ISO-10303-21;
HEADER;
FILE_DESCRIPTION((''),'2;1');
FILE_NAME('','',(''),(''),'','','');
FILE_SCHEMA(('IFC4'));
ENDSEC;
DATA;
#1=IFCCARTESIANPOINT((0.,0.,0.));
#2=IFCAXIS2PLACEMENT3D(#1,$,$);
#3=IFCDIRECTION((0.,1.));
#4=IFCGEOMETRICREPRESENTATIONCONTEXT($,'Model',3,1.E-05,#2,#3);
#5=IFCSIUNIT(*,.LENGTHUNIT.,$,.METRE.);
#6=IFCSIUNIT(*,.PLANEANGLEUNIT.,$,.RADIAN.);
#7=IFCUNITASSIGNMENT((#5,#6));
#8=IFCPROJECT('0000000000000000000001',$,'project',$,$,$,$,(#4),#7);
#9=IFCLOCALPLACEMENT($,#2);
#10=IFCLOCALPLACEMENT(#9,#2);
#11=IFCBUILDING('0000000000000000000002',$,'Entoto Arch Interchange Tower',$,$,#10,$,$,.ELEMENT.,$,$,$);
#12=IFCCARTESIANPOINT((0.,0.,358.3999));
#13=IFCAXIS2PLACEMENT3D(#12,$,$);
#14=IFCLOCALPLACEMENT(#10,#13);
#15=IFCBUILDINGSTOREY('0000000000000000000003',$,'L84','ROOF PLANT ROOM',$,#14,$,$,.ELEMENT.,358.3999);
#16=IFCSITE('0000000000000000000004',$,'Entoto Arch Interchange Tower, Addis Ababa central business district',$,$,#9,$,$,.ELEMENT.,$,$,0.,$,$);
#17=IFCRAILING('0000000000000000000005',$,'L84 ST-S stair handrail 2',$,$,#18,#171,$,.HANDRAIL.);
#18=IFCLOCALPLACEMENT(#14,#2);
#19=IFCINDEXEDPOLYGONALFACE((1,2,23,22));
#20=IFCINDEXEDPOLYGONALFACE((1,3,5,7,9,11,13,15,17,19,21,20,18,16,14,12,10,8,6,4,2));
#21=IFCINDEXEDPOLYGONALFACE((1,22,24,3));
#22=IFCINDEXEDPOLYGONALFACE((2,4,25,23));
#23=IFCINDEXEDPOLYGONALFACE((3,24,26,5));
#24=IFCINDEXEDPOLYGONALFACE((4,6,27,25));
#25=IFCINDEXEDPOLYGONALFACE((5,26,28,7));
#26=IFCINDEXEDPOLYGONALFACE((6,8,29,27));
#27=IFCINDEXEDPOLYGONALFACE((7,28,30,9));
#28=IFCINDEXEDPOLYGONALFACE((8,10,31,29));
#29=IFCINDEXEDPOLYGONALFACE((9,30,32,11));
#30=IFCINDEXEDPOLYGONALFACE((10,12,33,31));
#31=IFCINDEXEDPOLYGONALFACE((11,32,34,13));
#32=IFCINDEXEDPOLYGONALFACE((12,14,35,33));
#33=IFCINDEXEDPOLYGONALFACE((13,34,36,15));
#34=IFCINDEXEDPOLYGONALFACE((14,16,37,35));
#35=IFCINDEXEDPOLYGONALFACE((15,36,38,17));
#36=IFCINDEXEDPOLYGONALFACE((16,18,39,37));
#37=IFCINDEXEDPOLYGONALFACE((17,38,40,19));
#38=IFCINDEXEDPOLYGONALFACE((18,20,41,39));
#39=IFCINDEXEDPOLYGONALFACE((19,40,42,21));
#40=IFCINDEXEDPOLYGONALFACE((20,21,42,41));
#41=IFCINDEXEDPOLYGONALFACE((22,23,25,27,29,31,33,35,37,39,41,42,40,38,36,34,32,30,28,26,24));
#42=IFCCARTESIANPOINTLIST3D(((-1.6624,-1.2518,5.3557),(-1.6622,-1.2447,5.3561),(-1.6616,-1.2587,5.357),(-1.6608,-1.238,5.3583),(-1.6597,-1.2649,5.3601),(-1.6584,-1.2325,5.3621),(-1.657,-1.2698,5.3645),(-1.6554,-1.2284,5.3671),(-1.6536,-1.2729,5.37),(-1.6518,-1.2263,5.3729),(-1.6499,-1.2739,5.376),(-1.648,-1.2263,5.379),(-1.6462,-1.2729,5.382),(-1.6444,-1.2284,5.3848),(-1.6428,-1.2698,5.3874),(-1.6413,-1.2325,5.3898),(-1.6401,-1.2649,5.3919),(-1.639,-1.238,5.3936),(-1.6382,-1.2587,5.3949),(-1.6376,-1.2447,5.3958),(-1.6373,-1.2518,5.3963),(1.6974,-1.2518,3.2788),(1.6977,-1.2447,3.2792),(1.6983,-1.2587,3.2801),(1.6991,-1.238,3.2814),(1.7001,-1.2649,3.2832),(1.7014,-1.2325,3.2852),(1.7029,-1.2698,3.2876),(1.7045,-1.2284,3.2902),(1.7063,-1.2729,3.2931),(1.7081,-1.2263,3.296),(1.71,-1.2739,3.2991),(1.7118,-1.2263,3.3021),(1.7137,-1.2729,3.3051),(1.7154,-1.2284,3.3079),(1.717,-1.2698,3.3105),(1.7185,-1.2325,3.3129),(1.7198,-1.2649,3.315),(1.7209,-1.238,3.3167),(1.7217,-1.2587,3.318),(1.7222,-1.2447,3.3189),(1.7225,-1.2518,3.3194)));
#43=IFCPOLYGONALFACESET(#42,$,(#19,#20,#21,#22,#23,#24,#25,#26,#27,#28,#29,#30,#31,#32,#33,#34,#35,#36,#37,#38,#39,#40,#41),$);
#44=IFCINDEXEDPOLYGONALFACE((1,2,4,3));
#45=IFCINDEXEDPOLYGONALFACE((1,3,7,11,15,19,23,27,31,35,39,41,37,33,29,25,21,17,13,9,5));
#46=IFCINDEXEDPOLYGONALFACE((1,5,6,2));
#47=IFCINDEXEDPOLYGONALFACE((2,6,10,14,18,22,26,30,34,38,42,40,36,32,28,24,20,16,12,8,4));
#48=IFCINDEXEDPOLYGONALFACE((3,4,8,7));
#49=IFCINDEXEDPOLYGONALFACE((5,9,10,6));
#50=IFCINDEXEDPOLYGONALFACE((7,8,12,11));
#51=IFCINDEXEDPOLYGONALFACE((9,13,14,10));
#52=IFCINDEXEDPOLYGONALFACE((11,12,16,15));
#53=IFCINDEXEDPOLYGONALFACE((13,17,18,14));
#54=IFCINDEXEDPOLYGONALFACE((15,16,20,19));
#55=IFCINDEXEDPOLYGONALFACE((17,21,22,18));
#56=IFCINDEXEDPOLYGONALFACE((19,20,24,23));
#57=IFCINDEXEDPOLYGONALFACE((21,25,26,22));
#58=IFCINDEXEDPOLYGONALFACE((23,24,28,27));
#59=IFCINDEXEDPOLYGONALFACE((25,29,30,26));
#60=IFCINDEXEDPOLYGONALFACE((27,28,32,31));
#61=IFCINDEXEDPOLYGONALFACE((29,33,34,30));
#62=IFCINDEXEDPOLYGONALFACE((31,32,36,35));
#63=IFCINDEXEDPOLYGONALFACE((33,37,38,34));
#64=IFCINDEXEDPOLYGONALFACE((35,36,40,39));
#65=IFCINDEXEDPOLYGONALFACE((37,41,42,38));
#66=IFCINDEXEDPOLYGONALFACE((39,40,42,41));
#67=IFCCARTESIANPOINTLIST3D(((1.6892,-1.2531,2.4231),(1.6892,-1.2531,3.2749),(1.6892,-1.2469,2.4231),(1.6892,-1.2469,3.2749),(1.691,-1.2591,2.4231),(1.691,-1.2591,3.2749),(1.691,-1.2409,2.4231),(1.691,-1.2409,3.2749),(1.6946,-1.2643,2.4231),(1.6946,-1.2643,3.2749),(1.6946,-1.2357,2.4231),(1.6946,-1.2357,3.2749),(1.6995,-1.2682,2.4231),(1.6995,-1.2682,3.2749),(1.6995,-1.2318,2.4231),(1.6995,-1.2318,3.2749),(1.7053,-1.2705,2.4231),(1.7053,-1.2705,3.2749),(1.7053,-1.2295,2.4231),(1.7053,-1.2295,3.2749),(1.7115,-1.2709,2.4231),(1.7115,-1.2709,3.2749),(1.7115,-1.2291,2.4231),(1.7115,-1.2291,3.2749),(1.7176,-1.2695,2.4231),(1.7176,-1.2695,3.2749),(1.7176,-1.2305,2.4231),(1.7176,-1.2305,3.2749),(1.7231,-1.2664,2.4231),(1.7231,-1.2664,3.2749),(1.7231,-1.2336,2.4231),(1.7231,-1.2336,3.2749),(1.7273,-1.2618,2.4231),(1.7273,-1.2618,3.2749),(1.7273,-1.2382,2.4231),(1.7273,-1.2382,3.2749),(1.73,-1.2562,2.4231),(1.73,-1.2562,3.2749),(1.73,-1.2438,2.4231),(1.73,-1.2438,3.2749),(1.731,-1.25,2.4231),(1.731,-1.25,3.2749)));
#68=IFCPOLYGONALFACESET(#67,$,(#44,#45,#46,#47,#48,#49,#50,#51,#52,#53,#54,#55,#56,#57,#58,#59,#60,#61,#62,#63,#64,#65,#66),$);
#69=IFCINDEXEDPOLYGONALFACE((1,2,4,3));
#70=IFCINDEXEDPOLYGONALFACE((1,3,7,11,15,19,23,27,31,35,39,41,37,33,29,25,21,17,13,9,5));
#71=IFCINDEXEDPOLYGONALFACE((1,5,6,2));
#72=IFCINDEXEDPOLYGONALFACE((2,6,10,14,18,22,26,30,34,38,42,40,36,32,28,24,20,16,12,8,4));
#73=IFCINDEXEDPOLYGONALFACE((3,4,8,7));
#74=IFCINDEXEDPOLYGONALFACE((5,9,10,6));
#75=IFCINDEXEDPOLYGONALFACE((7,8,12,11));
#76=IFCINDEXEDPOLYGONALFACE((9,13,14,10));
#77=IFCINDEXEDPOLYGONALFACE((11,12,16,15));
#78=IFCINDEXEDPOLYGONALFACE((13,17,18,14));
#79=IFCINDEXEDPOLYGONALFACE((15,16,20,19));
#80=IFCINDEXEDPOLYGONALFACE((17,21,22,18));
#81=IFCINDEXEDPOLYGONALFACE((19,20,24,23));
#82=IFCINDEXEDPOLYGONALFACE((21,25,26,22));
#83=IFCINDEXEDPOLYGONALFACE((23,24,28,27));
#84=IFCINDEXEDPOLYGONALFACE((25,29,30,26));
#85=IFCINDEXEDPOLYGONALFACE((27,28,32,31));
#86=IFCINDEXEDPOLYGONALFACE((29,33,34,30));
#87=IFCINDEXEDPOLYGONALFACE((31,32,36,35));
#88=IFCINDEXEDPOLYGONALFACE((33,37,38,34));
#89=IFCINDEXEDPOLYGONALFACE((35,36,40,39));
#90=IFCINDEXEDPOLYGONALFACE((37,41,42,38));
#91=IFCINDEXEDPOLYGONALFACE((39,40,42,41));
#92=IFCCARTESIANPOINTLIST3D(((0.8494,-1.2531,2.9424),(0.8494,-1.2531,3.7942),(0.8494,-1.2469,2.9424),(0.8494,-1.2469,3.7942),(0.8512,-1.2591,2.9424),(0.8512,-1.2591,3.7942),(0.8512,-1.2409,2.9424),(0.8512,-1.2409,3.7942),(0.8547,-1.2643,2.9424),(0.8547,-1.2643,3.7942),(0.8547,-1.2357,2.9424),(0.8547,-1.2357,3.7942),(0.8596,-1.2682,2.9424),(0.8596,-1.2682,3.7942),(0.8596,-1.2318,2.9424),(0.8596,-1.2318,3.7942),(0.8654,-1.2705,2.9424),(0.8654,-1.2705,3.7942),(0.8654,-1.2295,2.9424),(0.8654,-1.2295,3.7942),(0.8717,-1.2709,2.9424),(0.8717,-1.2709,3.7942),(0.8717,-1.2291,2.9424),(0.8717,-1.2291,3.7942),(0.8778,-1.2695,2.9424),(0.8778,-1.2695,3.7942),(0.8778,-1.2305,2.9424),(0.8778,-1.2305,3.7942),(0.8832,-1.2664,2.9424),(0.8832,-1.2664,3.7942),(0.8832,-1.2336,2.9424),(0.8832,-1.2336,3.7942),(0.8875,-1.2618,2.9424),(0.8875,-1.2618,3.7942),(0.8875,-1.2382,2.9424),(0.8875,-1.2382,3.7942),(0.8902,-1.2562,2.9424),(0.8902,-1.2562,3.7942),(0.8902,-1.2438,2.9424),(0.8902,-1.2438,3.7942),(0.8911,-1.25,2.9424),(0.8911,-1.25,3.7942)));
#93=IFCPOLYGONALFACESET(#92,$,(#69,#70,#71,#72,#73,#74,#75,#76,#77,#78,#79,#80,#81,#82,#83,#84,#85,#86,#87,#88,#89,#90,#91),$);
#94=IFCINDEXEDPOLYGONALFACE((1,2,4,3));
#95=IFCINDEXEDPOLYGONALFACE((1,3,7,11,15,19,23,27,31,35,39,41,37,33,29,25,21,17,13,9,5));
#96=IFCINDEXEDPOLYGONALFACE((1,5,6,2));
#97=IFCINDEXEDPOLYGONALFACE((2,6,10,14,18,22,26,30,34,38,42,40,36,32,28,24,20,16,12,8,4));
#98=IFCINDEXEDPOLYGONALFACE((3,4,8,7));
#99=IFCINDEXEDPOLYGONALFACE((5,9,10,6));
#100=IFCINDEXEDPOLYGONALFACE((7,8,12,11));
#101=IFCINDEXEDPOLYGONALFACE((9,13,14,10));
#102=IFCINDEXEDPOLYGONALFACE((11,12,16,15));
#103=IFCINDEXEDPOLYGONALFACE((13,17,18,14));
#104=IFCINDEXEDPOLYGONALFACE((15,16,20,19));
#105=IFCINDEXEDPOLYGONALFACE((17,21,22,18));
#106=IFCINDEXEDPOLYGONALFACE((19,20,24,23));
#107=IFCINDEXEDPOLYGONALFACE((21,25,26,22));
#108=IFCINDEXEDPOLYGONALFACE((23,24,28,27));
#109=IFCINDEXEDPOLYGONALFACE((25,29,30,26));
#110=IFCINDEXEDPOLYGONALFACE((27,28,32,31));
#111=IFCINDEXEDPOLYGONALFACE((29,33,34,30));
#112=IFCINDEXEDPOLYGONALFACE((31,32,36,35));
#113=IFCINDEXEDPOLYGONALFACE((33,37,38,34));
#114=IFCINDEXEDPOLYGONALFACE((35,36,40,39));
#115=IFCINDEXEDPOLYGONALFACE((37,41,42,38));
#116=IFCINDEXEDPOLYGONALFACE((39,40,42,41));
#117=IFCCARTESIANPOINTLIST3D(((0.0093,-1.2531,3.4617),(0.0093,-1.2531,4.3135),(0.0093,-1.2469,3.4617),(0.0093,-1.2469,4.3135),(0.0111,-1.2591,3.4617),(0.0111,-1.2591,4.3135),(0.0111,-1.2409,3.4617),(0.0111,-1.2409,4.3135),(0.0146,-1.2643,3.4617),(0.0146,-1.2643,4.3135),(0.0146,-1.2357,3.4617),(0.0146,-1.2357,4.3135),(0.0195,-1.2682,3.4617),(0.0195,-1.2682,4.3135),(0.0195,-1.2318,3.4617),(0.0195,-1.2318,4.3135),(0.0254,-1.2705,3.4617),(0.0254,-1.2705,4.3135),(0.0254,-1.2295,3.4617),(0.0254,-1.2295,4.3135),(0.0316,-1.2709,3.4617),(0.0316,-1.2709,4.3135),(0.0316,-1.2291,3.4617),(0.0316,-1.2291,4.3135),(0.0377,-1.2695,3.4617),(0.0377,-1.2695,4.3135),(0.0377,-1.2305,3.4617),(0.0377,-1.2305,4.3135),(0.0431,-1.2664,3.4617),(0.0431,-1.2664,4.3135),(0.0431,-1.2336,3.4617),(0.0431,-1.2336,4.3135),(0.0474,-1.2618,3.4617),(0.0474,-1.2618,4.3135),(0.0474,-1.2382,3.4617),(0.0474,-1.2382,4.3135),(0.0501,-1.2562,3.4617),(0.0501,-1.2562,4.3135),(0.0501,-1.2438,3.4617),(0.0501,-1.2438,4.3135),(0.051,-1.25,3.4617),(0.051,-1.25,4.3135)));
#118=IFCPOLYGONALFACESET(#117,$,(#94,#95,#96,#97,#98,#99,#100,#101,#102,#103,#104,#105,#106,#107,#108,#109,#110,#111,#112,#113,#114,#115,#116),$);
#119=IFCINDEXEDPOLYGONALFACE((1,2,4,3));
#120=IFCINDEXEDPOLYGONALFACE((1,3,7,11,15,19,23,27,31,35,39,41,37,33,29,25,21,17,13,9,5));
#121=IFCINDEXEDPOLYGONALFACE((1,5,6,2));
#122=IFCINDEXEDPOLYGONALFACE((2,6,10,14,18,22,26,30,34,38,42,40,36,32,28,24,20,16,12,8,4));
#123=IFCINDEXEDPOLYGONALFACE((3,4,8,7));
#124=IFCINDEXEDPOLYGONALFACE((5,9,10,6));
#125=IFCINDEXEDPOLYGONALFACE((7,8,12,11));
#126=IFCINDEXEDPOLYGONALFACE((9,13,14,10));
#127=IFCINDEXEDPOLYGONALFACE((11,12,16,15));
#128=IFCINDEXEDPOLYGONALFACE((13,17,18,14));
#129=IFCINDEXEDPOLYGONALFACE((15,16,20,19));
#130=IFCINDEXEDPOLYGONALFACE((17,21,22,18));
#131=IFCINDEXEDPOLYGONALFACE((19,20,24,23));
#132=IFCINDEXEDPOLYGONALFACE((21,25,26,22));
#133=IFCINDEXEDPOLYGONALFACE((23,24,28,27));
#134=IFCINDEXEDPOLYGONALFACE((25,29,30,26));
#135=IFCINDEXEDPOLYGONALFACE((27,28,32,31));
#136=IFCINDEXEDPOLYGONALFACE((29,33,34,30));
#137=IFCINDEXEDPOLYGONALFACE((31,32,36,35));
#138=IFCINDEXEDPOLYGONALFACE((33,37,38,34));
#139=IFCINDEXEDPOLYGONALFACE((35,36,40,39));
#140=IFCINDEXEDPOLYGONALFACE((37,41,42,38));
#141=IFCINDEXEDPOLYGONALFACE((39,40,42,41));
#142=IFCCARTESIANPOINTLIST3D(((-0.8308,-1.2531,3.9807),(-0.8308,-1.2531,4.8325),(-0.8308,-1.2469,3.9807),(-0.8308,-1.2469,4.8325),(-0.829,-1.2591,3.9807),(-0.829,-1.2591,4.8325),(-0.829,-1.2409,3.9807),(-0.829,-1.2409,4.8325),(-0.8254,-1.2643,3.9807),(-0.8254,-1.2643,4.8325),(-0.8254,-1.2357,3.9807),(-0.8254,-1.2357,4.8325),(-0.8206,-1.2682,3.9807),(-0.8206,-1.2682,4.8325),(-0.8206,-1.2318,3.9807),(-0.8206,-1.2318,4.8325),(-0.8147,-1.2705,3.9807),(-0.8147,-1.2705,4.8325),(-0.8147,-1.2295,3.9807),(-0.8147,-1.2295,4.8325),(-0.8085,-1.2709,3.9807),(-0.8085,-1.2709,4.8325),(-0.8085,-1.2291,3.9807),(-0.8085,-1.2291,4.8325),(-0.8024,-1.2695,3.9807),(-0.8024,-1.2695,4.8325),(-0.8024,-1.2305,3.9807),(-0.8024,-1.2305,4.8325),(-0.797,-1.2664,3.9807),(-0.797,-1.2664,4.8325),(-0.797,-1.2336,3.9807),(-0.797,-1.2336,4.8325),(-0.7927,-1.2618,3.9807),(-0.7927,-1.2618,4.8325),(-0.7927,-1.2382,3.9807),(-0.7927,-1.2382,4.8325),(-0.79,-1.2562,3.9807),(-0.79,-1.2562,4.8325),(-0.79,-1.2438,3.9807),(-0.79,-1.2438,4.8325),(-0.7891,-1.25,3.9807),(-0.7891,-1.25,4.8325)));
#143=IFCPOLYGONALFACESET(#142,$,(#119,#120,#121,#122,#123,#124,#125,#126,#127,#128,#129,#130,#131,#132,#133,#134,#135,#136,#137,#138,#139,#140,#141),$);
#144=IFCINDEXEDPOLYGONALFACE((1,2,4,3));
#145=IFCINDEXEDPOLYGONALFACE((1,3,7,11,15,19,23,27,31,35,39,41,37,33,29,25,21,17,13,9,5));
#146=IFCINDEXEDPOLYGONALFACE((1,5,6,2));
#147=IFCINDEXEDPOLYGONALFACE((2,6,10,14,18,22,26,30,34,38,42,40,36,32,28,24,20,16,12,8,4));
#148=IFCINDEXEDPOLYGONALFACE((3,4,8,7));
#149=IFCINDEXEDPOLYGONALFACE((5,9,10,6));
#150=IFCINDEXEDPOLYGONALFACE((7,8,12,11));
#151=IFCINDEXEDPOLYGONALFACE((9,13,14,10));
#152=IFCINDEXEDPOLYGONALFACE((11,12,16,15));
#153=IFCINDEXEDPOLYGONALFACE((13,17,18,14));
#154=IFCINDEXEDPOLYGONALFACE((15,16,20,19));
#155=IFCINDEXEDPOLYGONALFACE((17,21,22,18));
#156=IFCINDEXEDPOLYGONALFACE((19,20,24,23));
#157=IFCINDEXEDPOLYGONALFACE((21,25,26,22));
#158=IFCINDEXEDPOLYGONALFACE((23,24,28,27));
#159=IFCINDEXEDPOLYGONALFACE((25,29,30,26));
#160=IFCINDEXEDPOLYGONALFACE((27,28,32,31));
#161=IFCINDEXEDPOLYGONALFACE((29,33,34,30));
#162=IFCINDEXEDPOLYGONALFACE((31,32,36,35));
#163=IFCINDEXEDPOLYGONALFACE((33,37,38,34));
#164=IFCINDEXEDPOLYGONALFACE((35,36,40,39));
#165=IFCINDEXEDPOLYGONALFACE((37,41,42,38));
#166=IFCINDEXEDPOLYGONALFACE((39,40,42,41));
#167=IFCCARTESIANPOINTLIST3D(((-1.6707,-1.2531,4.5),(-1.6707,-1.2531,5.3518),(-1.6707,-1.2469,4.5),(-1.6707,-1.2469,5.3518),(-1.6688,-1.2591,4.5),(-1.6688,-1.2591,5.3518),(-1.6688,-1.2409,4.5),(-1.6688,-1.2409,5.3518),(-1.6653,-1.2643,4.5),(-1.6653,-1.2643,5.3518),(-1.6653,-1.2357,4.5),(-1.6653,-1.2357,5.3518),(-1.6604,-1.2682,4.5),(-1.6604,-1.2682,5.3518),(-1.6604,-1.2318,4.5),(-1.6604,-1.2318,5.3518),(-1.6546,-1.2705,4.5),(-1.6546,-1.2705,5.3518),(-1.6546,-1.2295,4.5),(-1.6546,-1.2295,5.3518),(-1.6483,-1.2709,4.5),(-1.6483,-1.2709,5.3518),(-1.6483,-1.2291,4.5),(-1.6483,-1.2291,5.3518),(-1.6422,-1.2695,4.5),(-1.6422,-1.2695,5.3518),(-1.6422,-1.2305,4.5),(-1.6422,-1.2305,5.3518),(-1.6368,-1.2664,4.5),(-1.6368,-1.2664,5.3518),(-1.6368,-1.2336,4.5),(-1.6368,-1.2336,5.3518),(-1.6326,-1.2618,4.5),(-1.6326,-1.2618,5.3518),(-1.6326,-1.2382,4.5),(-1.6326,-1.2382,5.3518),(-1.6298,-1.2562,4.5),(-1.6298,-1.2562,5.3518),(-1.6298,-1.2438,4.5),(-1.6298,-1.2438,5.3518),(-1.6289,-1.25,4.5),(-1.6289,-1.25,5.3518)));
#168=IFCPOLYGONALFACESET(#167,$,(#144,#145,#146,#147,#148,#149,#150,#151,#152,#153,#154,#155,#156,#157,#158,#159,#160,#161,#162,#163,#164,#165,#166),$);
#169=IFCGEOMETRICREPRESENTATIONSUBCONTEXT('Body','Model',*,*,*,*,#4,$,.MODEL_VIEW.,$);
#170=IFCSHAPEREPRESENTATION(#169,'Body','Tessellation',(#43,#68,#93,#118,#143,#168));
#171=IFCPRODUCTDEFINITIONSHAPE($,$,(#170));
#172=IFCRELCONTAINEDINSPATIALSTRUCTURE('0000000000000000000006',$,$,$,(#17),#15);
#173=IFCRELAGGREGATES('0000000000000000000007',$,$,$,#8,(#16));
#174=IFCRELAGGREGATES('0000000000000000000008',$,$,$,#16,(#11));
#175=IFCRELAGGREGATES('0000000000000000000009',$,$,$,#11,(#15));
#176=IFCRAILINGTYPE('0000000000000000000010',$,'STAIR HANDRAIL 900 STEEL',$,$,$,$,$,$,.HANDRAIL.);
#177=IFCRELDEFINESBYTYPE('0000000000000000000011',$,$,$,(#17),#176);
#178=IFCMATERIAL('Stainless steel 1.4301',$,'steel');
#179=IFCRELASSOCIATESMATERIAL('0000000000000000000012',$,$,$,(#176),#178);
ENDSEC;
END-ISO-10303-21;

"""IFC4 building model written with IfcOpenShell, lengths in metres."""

from ifc_helpers import new_model, si_unit, direction, frame, origin, origin_2d, place, context, subcontext, project, spatial, circle, extrude, material, type_object, element, save


model = new_model("IFC4")

# Units and contexts
model_context = context("Model", 3, precision=1e-05, world=origin(), true_north=direction((0.0, 1.0)))
body_context = subcontext(model_context, "Body", "Model", "MODEL_VIEW")
ifc_project = project(units=[si_unit("LENGTHUNIT", "METRE"), si_unit("PLANEANGLEUNIT", "RADIAN")], contexts=[model_context])

# Site, building, storey
site_placement = place(None, origin())
site = spatial("IfcSite", under=ifc_project, at=site_placement, Name="Entoto Arch Interchange Tower, Addis Ababa central business district", CompositionType="ELEMENT", RefElevation=0.0)
building_placement = place(site_placement, origin())
building = spatial("IfcBuilding", under=site, at=building_placement, Name="Entoto Arch Interchange Tower", CompositionType="ELEMENT")
storey_placement = place(building_placement, frame((0.0, 0.0, 358.3999)))
storey = spatial("IfcBuildingStorey", under=building, at=storey_placement, Name="L84", Description="ROOF PLANT ROOM", CompositionType="ELEMENT", Elevation=358.3999)

# Railing
ifc_material_1 = material(Name="Stainless steel 1.4301", Category="steel")
railing_type_1 = type_object("IfcRailingType", Name="STAIR HANDRAIL 900 STEEL", PredefinedType="HANDRAIL", material=ifc_material_1)
railing_1_placement = place(storey_placement, frame((1.71, -1.25, 2.4231)))
element("IfcRailing", 1, at=railing_1_placement, inside=storey, type_object=railing_type_1, Name="L84 ST-S stair handrail 2", PredefinedType="HANDRAIL", context=body_context, shape_type="SweptSolid", body=[
    extrude(circle(Radius=0.0239, at=origin_2d()), frame((0.0, 0.0, 0.876), z_axis=(-0.850606, 0.0, 0.525803), x_axis=(0.0, -1.0, 0.0)), (0.0, 0.0, 1.0), 3.95),
    extrude(circle(Radius=0.021, at=origin_2d()), origin(), (0.0, 0.0, 1.0), 0.8518),
    extrude(circle(Radius=0.021, at=origin_2d()), frame((-0.8398, 0.0, 0.5193)), (0.0, 0.0, 1.0), 0.8518),
    extrude(circle(Radius=0.021, at=origin_2d()), frame((-1.6799, 0.0, 1.0386)), (0.0, 0.0, 1.0), 0.8518),
    extrude(circle(Radius=0.021, at=origin_2d()), frame((-2.52, 0.0, 1.5576)), (0.0, 0.0, 1.0), 0.8518),
    extrude(circle(Radius=0.021, at=origin_2d()), frame((-3.3599, 0.0, 2.0769)), (0.0, 0.0, 1.0), 0.8518),
])

save(model, "model.ifc")
